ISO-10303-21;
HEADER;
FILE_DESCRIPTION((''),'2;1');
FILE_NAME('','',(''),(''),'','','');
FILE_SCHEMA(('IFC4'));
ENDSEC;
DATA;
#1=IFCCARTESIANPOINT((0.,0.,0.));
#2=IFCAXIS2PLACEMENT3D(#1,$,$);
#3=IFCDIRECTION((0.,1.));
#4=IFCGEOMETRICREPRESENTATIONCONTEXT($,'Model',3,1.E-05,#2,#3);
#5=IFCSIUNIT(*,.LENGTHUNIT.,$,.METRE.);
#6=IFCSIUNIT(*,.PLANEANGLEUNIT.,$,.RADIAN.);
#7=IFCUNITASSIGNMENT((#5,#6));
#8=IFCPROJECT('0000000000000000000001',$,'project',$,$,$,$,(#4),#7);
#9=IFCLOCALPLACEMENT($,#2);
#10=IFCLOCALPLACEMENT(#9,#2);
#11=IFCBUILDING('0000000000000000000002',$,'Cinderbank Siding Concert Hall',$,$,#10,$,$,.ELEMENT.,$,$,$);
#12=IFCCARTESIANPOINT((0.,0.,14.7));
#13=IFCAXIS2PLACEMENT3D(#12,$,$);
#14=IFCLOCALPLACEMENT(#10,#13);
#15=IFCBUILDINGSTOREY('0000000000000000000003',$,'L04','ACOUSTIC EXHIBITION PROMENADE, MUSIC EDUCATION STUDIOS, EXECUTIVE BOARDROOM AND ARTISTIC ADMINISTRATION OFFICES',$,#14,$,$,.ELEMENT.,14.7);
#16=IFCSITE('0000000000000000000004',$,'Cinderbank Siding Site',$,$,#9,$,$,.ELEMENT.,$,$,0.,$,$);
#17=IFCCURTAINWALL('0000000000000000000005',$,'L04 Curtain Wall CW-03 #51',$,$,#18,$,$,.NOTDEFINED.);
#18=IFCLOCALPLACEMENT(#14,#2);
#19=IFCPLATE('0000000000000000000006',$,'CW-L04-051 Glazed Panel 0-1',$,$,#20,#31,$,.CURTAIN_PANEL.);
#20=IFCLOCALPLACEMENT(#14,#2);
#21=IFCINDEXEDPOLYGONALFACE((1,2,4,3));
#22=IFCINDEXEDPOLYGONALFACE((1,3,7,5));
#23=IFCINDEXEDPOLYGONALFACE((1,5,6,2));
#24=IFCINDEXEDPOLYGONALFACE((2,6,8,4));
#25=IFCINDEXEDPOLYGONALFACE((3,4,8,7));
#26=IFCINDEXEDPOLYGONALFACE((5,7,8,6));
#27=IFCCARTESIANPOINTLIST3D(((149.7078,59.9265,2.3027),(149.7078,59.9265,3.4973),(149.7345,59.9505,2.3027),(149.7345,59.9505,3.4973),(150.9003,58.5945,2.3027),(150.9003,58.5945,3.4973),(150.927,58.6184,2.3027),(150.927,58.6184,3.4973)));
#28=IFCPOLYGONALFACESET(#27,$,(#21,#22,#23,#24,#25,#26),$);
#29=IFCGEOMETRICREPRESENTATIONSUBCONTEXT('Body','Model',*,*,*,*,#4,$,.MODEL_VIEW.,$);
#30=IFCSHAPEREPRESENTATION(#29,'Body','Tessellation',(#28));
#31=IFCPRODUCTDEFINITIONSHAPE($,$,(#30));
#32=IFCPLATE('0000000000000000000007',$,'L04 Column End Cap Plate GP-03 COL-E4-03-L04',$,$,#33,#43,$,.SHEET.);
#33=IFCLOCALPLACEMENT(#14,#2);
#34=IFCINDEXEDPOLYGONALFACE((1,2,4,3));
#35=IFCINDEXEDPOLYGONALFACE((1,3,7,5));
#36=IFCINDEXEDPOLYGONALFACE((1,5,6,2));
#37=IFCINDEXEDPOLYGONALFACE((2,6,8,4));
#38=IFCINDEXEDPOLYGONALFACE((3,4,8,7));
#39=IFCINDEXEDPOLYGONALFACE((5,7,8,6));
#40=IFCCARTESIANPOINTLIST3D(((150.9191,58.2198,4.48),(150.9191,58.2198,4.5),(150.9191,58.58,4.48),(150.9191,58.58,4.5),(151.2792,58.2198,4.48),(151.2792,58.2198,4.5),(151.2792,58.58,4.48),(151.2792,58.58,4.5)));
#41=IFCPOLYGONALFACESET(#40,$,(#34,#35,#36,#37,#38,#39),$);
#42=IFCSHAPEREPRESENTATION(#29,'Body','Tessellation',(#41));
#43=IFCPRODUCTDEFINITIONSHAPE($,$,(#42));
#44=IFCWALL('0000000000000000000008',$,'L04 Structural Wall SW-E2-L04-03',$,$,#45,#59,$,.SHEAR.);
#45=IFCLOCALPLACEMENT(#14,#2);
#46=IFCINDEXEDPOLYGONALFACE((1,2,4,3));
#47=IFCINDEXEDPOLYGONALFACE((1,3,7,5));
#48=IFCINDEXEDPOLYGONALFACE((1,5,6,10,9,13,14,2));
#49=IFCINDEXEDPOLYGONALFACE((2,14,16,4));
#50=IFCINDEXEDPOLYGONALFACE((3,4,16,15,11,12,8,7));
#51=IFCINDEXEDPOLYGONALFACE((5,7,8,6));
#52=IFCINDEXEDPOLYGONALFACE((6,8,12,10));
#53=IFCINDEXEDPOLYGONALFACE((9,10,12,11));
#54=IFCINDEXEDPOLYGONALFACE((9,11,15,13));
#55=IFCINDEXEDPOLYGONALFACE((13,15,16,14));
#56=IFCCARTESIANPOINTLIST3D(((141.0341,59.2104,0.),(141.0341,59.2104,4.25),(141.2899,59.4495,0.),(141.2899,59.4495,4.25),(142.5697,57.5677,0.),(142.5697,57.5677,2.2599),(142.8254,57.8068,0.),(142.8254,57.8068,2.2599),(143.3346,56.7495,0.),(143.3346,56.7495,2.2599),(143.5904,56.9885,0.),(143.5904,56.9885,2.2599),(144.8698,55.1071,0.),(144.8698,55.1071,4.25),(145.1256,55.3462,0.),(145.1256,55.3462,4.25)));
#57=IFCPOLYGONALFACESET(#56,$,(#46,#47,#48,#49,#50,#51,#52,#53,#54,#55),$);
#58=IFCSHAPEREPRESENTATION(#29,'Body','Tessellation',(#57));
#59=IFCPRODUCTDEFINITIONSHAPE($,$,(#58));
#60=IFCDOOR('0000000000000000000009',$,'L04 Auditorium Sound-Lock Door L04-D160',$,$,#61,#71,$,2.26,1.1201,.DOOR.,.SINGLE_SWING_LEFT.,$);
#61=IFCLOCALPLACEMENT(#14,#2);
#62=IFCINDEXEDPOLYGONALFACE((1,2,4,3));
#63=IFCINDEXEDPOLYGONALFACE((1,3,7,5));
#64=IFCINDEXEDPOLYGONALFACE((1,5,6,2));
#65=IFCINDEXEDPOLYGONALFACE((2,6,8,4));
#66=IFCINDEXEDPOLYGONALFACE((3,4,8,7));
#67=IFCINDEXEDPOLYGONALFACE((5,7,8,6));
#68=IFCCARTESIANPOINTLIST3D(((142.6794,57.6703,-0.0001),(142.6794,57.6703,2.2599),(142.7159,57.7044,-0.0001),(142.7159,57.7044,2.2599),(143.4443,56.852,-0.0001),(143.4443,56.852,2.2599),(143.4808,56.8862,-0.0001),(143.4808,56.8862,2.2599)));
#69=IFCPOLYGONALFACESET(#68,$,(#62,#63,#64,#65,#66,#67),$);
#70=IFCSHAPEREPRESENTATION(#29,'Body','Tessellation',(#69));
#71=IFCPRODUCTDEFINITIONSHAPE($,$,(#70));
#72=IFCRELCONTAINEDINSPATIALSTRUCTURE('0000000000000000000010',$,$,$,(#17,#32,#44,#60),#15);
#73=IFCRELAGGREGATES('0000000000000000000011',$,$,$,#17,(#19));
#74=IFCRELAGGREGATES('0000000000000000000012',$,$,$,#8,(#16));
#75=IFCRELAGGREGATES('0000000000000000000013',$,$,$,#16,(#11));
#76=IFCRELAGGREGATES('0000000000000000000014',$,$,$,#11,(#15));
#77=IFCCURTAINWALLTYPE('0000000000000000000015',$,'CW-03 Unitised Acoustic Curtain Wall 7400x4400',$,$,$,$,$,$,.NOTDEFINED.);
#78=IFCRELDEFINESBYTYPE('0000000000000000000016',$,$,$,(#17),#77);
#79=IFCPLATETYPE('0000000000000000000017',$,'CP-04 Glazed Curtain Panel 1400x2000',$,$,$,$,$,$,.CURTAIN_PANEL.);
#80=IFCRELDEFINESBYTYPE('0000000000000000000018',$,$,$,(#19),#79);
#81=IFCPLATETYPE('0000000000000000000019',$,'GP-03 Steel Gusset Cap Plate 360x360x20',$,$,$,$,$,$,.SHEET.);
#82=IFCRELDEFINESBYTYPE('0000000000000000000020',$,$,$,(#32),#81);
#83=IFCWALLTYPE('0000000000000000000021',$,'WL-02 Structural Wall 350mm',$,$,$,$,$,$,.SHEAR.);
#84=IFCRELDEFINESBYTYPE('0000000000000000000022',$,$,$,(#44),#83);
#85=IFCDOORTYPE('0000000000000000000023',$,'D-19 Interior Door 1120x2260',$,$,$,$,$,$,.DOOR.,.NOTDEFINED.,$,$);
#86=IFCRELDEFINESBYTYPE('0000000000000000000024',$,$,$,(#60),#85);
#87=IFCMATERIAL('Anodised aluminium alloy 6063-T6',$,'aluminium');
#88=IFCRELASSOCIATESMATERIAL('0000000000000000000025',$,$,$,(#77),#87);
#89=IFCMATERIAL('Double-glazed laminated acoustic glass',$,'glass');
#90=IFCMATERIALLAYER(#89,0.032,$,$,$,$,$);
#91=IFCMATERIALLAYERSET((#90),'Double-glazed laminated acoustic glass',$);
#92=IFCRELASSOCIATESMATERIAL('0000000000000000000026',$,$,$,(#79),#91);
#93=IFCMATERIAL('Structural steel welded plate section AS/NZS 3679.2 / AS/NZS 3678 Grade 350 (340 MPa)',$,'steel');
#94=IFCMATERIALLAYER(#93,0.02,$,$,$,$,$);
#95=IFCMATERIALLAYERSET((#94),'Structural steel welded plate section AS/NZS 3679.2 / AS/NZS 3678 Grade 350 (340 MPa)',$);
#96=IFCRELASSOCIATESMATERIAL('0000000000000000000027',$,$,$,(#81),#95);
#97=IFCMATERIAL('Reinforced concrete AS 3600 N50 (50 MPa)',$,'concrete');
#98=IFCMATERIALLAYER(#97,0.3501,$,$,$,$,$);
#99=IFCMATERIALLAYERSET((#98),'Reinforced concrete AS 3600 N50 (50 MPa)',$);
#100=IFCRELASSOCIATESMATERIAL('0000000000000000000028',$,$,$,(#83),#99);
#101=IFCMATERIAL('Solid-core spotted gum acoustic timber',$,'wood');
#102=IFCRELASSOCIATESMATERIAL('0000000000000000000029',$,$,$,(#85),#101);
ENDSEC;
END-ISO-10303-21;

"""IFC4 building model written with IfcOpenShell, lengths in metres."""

from ifc_helpers import new_model, si_unit, direction, frame, frame_2d, origin, origin_2d, place, context, subcontext, project, spatial, rectangle, extrude, material, layer, layer_set, type_object, element, fill, aggregate, save


model = new_model("IFC4")

# Units and contexts
model_context = context("Model", 3, precision=1e-05, world=origin(), true_north=direction((0.0, 1.0)))
body_context = subcontext(model_context, "Body", "Model", "MODEL_VIEW")
ifc_project = project(units=[si_unit("LENGTHUNIT", "METRE"), si_unit("PLANEANGLEUNIT", "RADIAN")], contexts=[model_context])

# Site, building, storey
site_placement = place(None, origin())
site = spatial("IfcSite", under=ifc_project, at=site_placement, Name="Cinderbank Siding Site", CompositionType="ELEMENT", RefElevation=0.0)
building_placement = place(site_placement, origin())
building = spatial("IfcBuilding", under=site, at=building_placement, Name="Cinderbank Siding Concert Hall", CompositionType="ELEMENT")
storey_placement = place(building_placement, frame((0.0, 0.0, 14.7)))
storey = spatial("IfcBuildingStorey", under=building, at=storey_placement, Name="L04", Description="ACOUSTIC EXHIBITION PROMENADE, MUSIC EDUCATION STUDIOS, EXECUTIVE BOARDROOM AND ARTISTIC ADMINISTRATION OFFICES", CompositionType="ELEMENT", Elevation=14.7)

# Shared definitions
ifc_material_1 = material(Name="Reinforced concrete AS 3600 N50 (50 MPa)", Category="concrete")

# Shared definitions
ifc_material_2 = material(Name="Anodised aluminium alloy 6063-T6", Category="aluminium")

# Curtain wall
curtain_wall_type_1 = type_object("IfcCurtainWallType", Name="CW-03 Unitised Acoustic Curtain Wall 7400x4400", PredefinedType="NOTDEFINED", material=ifc_material_2)
curtain_wall_1_placement = place(storey_placement, origin())
curtain_wall_1 = element("IfcCurtainWall", 1, at=curtain_wall_1_placement, inside=storey, type_object=curtain_wall_type_1, Name="L04 Curtain Wall CW-03 #51", PredefinedType="NOTDEFINED")

# Plates
ifc_material_3 = material(Name="Double-glazed laminated acoustic glass", Category="glass")
ifc_layer_1 = layer(ifc_material_3, 0.032)
ifc_layer_set_1 = layer_set([ifc_layer_1], Name="Double-glazed laminated acoustic glass")
plate_type_1 = type_object("IfcPlateType", Name="CP-04 Glazed Curtain Panel 1400x2000", PredefinedType="CURTAIN_PANEL", material=ifc_layer_set_1)
plate_1_placement = place(storey_placement, frame((150.3174, 59.2725, 2.3027), z_axis=(0.0, 0.0, 1.0), x_axis=(-0.666993, 0.745064, 0.0)))
plate_1 = element("IfcPlate", 2, at=plate_1_placement, type_object=plate_type_1, Name="CW-L04-051 Glazed Panel 0-1", PredefinedType="CURTAIN_PANEL", context=body_context, shape_type="SweptSolid", body=[
    extrude(rectangle(XDim=1.7878, YDim=0.0359, at=origin_2d()), origin(), (0.0, 0.0, 1.0), 1.1946),
])
aggregate(curtain_wall_1, [plate_1])
ifc_material_4 = material(Name="Structural steel welded plate section AS/NZS 3679.2 / AS/NZS 3678 Grade 350 (340 MPa)", Category="steel")
ifc_layer_2 = layer(ifc_material_4, 0.02)
ifc_layer_set_2 = layer_set([ifc_layer_2], Name="Structural steel welded plate section AS/NZS 3679.2 / AS/NZS 3678 Grade 350 (340 MPa)")
plate_type_2 = type_object("IfcPlateType", Name="GP-03 Steel Gusset Cap Plate 360x360x20", PredefinedType="SHEET", material=ifc_layer_set_2)
plate_2_placement = place(storey_placement, frame((151.0991, 58.3999, 4.48), z_axis=(0.0, 0.0, 1.0), x_axis=(1.0, 0.0, 0.0)))
element("IfcPlate", 3, at=plate_2_placement, inside=storey, type_object=plate_type_2, Name="L04 Column End Cap Plate GP-03 COL-E4-03-L04", PredefinedType="SHEET", context=body_context, shape_type="SweptSolid", body=[
    extrude(rectangle(XDim=0.3601, YDim=0.3601, at=origin_2d()), origin(), (0.0, 0.0, 1.0), 0.02),
])

# Wall, opening, door
ifc_layer_3 = layer(ifc_material_1, 0.3501)
ifc_layer_set_3 = layer_set([ifc_layer_3], Name="Reinforced concrete AS 3600 N50 (50 MPa)")
wall_type = type_object("IfcWallType", Name="WL-02 Structural Wall 350mm", PredefinedType="SHEAR", material=ifc_layer_set_3)
wall_placement = place(storey_placement, frame((144.9978, 55.2266, 0.0), z_axis=(0.0, 0.0, 1.0), x_axis=(-0.682886, 0.730525, 0.0)))
wall = element("IfcWall", 4, at=wall_placement, inside=storey, type_object=wall_type, Name="L04 Structural Wall SW-E2-L04-03", PredefinedType="SHEAR", context=body_context, shape_type="SweptSolid", body=[
    extrude(rectangle(XDim=5.6169, YDim=0.3501, at=frame_2d((2.8086, 0.0))), origin(), (0.0, 0.0, 1.0), 4.25),
])
opening_placement = place(wall_placement, frame((2.2483, 0.0, 0.0)))
opening = element("IfcOpeningElement", 5, at=opening_placement, cuts=wall, PredefinedType="OPENING", context=body_context, shape_type="SweptSolid", body=[
    extrude(rectangle(XDim=1.1201, YDim=2.26, at=frame_2d((0.5601, 1.1299))), frame((0.0, 0.187, 0.0), z_axis=(0.0, -1.0, 0.0), x_axis=(1.0, 0.0, 0.0)), (0.0, 0.0, 1.0), 0.374),
])
ifc_material_5 = material(Name="Solid-core spotted gum acoustic timber", Category="wood")
door_type = type_object("IfcDoorType", Name="D-19 Interior Door 1120x2260", OperationType="NOTDEFINED", PredefinedType="DOOR", material=ifc_material_5)
door_placement = place(opening_placement, origin())
door = element("IfcDoor", 6, at=door_placement, inside=storey, type_object=door_type, Name="L04 Auditorium Sound-Lock Door L04-D160", OperationType="SINGLE_SWING_LEFT", OverallHeight=2.26, OverallWidth=1.1201, PredefinedType="DOOR", context=body_context, shape_type="SweptSolid", body=[
    extrude(rectangle(XDim=1.1201, YDim=2.26, at=frame_2d((0.5601, 1.1299))), frame((0.0, 0.0249, 0.0), z_axis=(0.0, -1.0, 0.0), x_axis=(1.0, 0.0, 0.0)), (0.0, 0.0, 1.0), 0.05),
])
fill(opening, door)

save(model, "model.ifc")
